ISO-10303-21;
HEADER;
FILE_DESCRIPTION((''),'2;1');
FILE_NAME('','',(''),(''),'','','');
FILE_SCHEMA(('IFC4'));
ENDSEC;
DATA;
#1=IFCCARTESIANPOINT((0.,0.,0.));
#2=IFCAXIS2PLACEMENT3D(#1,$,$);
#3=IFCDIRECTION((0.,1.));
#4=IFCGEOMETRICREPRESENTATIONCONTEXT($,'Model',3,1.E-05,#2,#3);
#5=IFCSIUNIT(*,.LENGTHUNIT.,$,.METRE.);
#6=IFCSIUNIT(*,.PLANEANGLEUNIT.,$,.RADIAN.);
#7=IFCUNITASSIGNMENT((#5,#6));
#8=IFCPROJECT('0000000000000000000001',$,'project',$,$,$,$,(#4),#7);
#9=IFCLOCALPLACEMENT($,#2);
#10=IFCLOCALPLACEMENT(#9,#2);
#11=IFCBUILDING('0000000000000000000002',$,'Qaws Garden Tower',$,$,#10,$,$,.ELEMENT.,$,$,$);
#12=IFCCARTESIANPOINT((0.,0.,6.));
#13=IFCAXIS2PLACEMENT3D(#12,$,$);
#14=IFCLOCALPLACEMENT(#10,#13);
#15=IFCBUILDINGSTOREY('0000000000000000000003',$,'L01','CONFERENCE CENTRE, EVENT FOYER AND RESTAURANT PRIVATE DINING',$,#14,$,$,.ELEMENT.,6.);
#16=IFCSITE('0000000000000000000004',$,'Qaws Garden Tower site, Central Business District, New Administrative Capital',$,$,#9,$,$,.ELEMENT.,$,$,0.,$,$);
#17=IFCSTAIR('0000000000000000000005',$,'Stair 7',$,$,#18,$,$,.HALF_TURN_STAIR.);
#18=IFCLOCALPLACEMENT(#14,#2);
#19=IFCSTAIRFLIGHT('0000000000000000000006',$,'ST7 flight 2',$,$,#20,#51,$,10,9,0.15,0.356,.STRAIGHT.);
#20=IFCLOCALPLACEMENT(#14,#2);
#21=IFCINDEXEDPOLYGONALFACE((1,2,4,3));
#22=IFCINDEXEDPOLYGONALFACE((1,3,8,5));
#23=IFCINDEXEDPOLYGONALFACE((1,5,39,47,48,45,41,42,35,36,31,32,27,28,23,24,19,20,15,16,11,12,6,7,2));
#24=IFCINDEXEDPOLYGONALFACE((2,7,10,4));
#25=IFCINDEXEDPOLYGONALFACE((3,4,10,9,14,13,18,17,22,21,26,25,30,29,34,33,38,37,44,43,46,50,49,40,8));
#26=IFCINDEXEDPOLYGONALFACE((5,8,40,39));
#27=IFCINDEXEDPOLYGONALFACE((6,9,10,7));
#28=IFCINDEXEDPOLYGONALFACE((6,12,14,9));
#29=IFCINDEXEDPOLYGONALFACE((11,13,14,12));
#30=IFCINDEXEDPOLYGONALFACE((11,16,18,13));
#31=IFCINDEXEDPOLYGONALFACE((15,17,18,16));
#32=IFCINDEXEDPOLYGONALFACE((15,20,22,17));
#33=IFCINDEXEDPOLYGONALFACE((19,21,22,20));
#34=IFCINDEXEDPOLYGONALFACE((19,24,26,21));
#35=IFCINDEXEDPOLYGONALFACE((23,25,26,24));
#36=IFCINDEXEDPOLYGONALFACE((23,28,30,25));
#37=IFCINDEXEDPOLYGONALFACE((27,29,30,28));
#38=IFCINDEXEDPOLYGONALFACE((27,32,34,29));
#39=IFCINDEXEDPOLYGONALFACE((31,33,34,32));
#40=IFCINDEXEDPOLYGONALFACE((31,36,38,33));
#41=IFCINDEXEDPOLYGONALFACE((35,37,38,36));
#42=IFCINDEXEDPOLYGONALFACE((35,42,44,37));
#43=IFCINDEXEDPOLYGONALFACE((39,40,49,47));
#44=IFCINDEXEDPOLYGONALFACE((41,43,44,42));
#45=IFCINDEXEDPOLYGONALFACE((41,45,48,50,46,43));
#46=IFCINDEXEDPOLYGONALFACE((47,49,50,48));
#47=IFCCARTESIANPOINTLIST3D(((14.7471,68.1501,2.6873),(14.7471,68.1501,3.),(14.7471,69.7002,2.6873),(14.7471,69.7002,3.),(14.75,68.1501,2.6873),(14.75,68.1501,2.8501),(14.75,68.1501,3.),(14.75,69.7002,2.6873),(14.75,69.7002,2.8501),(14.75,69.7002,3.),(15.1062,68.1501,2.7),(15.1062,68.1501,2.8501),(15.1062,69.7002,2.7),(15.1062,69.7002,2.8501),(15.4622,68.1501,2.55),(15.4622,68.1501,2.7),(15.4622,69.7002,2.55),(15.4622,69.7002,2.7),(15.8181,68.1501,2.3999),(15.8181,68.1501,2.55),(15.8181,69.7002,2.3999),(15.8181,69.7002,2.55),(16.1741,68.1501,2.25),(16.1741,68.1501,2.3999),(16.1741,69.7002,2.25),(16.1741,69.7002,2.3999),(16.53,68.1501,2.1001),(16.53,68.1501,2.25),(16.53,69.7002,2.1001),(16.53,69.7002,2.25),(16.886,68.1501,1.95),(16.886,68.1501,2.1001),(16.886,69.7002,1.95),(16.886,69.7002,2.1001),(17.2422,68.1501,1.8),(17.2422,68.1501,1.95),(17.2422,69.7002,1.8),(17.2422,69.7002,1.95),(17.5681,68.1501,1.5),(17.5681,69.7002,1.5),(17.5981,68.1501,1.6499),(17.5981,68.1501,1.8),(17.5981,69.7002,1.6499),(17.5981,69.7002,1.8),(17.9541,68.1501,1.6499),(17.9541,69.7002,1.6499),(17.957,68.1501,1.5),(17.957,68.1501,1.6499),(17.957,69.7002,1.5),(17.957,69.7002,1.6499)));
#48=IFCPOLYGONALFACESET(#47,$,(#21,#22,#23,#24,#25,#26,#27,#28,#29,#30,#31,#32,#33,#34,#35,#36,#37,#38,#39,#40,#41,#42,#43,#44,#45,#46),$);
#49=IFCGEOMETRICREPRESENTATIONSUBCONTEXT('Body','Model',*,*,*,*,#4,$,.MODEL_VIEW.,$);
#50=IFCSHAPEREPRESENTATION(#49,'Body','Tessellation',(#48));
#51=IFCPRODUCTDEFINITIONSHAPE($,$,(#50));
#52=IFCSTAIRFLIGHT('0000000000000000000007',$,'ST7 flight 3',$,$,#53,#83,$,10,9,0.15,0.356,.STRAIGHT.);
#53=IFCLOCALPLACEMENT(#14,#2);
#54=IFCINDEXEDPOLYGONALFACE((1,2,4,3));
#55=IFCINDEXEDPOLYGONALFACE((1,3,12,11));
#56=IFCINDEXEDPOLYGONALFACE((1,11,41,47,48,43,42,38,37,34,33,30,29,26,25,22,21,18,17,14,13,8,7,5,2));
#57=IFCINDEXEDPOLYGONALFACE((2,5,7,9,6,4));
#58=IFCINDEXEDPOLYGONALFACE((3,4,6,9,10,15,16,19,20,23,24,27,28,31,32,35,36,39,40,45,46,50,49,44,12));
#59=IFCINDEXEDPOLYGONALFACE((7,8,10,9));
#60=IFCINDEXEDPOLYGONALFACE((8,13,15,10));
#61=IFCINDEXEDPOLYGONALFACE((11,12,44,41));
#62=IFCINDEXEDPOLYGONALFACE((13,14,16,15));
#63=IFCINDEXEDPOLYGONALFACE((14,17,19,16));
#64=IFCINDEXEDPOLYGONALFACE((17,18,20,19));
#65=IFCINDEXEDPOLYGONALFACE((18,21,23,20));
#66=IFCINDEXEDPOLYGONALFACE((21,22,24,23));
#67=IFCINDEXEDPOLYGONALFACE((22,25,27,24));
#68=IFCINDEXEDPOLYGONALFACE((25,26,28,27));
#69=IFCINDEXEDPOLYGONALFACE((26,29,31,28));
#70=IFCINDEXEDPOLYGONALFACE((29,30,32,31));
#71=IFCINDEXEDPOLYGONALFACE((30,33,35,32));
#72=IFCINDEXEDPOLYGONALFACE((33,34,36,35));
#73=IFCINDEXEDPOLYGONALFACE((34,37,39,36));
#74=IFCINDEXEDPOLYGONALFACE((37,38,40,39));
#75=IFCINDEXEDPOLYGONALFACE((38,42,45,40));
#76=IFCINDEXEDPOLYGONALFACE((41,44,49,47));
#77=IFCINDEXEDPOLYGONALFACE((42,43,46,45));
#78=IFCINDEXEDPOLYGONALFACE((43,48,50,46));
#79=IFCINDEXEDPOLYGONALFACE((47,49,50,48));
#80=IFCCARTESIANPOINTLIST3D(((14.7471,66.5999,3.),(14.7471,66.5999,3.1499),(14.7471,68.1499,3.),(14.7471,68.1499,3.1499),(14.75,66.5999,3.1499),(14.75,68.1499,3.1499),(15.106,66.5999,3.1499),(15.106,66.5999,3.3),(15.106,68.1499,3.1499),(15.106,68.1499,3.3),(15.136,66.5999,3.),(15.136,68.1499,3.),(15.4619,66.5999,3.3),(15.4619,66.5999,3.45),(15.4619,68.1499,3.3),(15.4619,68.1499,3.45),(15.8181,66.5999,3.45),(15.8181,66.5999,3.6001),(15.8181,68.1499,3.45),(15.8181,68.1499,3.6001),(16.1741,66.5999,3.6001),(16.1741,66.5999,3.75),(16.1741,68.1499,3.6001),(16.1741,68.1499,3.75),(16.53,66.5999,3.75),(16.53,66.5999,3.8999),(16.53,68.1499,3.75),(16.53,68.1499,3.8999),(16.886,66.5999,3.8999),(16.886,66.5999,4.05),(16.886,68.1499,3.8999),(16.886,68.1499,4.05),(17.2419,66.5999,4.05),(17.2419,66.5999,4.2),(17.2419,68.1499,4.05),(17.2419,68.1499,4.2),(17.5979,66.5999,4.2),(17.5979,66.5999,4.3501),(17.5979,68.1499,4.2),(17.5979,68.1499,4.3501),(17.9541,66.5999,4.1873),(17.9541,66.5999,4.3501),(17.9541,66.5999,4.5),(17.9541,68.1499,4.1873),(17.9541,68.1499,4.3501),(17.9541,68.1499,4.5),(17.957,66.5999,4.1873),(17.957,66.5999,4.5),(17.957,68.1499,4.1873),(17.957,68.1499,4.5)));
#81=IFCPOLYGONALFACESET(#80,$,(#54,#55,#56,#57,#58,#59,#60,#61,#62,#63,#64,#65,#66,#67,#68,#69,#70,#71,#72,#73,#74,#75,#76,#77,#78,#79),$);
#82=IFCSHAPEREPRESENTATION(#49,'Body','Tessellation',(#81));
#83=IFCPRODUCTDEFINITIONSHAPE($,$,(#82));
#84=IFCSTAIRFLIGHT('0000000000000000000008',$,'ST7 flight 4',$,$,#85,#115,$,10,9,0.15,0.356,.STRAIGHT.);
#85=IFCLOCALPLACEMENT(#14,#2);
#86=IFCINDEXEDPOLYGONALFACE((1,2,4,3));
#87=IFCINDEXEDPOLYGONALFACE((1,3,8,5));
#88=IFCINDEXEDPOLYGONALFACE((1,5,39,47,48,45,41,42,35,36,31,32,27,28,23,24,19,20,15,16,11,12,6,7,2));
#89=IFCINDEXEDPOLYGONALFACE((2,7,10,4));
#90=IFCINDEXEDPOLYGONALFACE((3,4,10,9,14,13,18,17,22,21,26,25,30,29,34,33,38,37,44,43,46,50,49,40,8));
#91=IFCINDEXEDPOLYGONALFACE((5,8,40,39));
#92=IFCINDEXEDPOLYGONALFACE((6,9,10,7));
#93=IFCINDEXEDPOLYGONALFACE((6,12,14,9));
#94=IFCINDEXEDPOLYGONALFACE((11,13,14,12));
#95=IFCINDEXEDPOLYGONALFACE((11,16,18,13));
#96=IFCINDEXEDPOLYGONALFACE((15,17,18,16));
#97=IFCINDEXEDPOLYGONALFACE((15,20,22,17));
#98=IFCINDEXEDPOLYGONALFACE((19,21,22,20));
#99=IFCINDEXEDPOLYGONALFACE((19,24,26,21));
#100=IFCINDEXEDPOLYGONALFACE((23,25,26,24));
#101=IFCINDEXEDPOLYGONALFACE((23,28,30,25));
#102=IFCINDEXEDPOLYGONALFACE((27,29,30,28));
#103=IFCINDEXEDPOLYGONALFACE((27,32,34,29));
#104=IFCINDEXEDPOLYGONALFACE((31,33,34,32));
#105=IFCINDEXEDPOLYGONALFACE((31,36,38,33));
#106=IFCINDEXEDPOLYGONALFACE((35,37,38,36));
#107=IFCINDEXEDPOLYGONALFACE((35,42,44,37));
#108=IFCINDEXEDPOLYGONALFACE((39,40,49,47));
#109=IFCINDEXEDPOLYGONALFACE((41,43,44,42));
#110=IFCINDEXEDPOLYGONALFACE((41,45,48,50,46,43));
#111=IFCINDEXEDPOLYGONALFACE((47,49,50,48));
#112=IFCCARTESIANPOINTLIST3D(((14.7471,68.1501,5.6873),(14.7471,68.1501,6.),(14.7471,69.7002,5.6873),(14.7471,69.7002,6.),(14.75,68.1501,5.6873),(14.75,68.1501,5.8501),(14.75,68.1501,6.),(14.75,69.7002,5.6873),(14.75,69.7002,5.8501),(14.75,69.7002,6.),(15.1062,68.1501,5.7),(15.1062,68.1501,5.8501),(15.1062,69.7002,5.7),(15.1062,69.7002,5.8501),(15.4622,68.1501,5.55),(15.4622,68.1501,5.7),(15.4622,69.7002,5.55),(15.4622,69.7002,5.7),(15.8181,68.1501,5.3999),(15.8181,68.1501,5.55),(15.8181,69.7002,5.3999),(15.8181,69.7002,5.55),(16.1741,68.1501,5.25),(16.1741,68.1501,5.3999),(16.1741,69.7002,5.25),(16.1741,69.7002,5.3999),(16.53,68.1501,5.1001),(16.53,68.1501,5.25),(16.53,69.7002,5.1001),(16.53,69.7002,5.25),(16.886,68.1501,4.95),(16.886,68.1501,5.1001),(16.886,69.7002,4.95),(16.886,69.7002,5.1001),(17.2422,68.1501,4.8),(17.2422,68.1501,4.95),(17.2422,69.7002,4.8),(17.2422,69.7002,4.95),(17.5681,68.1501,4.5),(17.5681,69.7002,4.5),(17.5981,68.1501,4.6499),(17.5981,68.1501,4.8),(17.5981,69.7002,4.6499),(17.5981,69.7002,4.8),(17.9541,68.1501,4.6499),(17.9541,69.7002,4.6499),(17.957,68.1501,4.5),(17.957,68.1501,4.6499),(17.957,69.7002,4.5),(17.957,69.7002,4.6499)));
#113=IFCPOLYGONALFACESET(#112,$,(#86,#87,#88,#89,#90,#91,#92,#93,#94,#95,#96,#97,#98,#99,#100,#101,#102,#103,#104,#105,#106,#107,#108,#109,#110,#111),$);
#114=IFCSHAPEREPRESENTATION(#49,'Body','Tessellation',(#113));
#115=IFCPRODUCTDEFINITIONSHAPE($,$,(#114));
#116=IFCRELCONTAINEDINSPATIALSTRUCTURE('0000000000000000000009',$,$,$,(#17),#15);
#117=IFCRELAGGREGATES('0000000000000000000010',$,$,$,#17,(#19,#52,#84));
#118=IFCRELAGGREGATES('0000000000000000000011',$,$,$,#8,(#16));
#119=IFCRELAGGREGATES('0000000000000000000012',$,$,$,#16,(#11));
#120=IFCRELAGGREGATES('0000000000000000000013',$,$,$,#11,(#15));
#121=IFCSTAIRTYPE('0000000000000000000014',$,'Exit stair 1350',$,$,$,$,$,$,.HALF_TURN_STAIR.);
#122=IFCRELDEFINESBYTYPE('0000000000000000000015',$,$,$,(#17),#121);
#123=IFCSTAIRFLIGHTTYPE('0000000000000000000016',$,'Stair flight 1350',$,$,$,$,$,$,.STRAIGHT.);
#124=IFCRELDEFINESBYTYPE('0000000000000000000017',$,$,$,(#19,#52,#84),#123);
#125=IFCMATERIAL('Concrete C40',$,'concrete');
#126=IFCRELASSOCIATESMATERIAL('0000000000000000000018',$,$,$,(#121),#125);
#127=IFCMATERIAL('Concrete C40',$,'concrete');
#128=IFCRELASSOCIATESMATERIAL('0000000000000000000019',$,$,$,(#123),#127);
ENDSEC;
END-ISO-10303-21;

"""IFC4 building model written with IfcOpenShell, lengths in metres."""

from ifc_helpers import new_model, si_unit, direction, frame, origin, place, context, subcontext, project, spatial, polyline, outline, extrude, material, type_object, element, aggregate, save


model = new_model("IFC4")

# Units and contexts
model_context = context("Model", 3, precision=1e-05, world=origin(), true_north=direction((0.0, 1.0)))
body_context = subcontext(model_context, "Body", "Model", "MODEL_VIEW")
ifc_project = project(units=[si_unit("LENGTHUNIT", "METRE"), si_unit("PLANEANGLEUNIT", "RADIAN")], contexts=[model_context])

# Site, building, storey
site_placement = place(None, origin())
site = spatial("IfcSite", under=ifc_project, at=site_placement, Name="Qaws Garden Tower site, Central Business District, New Administrative Capital", CompositionType="ELEMENT", RefElevation=0.0)
building_placement = place(site_placement, origin())
building = spatial("IfcBuilding", under=site, at=building_placement, Name="Qaws Garden Tower", CompositionType="ELEMENT")
storey_placement = place(building_placement, frame((0.0, 0.0, 6.0)))
storey = spatial("IfcBuildingStorey", under=building, at=storey_placement, Name="L01", Description="CONFERENCE CENTRE, EVENT FOYER AND RESTAURANT PRIVATE DINING", CompositionType="ELEMENT", Elevation=6.0)

# Stair, stair flights
ifc_material_1 = material(Name="Concrete C40", Category="concrete")
stair_type = type_object("IfcStairType", Name="Exit stair 1350", PredefinedType="HALF_TURN_STAIR", material=ifc_material_1)
stair_placement = place(storey_placement, origin())
stair = element("IfcStair", 1, at=stair_placement, inside=storey, type_object=stair_type, Name="Stair 7", PredefinedType="HALF_TURN_STAIR")
ifc_material_2 = material(Name="Concrete C40", Category="concrete")
stair_flight_type = type_object("IfcStairFlightType", Name="Stair flight 1350", PredefinedType="STRAIGHT", material=ifc_material_2)
stair_flight_1_placement = place(storey_placement, frame((17.9541, 68.925, 1.5), z_axis=(0.0, 0.0, 1.0), x_axis=(-1.0, 0.0, 0.0)))
stair_flight_1 = element("IfcStairFlight", 2, at=stair_flight_1_placement, type_object=stair_flight_type, Name="ST7 flight 2", NumberOfRisers=10, NumberOfTreads=9, PredefinedType="STRAIGHT", RiserHeight=0.15, TreadLength=0.356, context=body_context, shape_type="SweptSolid", body=[
    extrude(outline(polyline([(-0.0029, 0.0), (-0.0029, 0.1499), (0.0, 0.1499), (0.356, 0.1499), (0.356, 0.3), (0.7119, 0.3), (0.7119, 0.45), (1.0681, 0.45), (1.0681, 0.6001), (1.4241, 0.6001), (1.4241, 0.75), (1.78, 0.75), (1.78, 0.8999), (2.136, 0.8999), (2.136, 1.05), (2.4919, 1.05), (2.4919, 1.2), (2.8479, 1.2), (2.8479, 1.3501), (3.2041, 1.3501), (3.2041, 1.5), (3.207, 1.5), (3.207, 1.1873), (3.2041, 1.1873), (0.386, 0.0), (-0.0029, 0.0)])), frame((0.0, 0.7749, 0.0), z_axis=(0.0, -1.0, 0.0), x_axis=(1.0, 0.0, 0.0)), (0.0, 0.0, 1.0), 1.55),
])
stair_flight_2_placement = place(storey_placement, frame((14.75, 67.375, 3.0), z_axis=(0.0, 0.0, 1.0), x_axis=(1.0, 0.0, 0.0)))
stair_flight_2 = element("IfcStairFlight", 3, at=stair_flight_2_placement, type_object=stair_flight_type, Name="ST7 flight 3", NumberOfRisers=10, NumberOfTreads=9, PredefinedType="STRAIGHT", RiserHeight=0.15, TreadLength=0.356, context=body_context, shape_type="SweptSolid", body=[
    extrude(outline(polyline([(-0.0029, 0.0), (-0.0029, 0.1499), (0.0, 0.1499), (0.356, 0.1499), (0.356, 0.3), (0.7119, 0.3), (0.7119, 0.45), (1.0681, 0.45), (1.0681, 0.6001), (1.4241, 0.6001), (1.4241, 0.75), (1.78, 0.75), (1.78, 0.8999), (2.136, 0.8999), (2.136, 1.05), (2.4919, 1.05), (2.4919, 1.2), (2.8479, 1.2), (2.8479, 1.3501), (3.2041, 1.3501), (3.2041, 1.5), (3.207, 1.5), (3.207, 1.1873), (3.2041, 1.1873), (0.386, 0.0), (-0.0029, 0.0)])), frame((0.0, 0.7749, 0.0), z_axis=(0.0, -1.0, 0.0), x_axis=(1.0, 0.0, 0.0)), (0.0, 0.0, 1.0), 1.55),
])
stair_flight_3_placement = place(storey_placement, frame((17.9541, 68.925, 4.5), z_axis=(0.0, 0.0, 1.0), x_axis=(-1.0, 0.0, 0.0)))
stair_flight_3 = element("IfcStairFlight", 4, at=stair_flight_3_placement, type_object=stair_flight_type, Name="ST7 flight 4", NumberOfRisers=10, NumberOfTreads=9, PredefinedType="STRAIGHT", RiserHeight=0.15, TreadLength=0.356, context=body_context, shape_type="SweptSolid", body=[
    extrude(outline(polyline([(-0.0029, 0.0), (-0.0029, 0.1499), (0.0, 0.1499), (0.356, 0.1499), (0.356, 0.3), (0.7119, 0.3), (0.7119, 0.45), (1.0681, 0.45), (1.0681, 0.6001), (1.4241, 0.6001), (1.4241, 0.75), (1.78, 0.75), (1.78, 0.8999), (2.136, 0.8999), (2.136, 1.05), (2.4919, 1.05), (2.4919, 1.2), (2.8479, 1.2), (2.8479, 1.3501), (3.2041, 1.3501), (3.2041, 1.5), (3.207, 1.5), (3.207, 1.1873), (3.2041, 1.1873), (0.386, 0.0), (-0.0029, 0.0)])), frame((0.0, 0.7749, 0.0), z_axis=(0.0, -1.0, 0.0), x_axis=(1.0, 0.0, 0.0)), (0.0, 0.0, 1.0), 1.55),
])
aggregate(stair, [stair_flight_1, stair_flight_2, stair_flight_3])

save(model, "model.ifc")
